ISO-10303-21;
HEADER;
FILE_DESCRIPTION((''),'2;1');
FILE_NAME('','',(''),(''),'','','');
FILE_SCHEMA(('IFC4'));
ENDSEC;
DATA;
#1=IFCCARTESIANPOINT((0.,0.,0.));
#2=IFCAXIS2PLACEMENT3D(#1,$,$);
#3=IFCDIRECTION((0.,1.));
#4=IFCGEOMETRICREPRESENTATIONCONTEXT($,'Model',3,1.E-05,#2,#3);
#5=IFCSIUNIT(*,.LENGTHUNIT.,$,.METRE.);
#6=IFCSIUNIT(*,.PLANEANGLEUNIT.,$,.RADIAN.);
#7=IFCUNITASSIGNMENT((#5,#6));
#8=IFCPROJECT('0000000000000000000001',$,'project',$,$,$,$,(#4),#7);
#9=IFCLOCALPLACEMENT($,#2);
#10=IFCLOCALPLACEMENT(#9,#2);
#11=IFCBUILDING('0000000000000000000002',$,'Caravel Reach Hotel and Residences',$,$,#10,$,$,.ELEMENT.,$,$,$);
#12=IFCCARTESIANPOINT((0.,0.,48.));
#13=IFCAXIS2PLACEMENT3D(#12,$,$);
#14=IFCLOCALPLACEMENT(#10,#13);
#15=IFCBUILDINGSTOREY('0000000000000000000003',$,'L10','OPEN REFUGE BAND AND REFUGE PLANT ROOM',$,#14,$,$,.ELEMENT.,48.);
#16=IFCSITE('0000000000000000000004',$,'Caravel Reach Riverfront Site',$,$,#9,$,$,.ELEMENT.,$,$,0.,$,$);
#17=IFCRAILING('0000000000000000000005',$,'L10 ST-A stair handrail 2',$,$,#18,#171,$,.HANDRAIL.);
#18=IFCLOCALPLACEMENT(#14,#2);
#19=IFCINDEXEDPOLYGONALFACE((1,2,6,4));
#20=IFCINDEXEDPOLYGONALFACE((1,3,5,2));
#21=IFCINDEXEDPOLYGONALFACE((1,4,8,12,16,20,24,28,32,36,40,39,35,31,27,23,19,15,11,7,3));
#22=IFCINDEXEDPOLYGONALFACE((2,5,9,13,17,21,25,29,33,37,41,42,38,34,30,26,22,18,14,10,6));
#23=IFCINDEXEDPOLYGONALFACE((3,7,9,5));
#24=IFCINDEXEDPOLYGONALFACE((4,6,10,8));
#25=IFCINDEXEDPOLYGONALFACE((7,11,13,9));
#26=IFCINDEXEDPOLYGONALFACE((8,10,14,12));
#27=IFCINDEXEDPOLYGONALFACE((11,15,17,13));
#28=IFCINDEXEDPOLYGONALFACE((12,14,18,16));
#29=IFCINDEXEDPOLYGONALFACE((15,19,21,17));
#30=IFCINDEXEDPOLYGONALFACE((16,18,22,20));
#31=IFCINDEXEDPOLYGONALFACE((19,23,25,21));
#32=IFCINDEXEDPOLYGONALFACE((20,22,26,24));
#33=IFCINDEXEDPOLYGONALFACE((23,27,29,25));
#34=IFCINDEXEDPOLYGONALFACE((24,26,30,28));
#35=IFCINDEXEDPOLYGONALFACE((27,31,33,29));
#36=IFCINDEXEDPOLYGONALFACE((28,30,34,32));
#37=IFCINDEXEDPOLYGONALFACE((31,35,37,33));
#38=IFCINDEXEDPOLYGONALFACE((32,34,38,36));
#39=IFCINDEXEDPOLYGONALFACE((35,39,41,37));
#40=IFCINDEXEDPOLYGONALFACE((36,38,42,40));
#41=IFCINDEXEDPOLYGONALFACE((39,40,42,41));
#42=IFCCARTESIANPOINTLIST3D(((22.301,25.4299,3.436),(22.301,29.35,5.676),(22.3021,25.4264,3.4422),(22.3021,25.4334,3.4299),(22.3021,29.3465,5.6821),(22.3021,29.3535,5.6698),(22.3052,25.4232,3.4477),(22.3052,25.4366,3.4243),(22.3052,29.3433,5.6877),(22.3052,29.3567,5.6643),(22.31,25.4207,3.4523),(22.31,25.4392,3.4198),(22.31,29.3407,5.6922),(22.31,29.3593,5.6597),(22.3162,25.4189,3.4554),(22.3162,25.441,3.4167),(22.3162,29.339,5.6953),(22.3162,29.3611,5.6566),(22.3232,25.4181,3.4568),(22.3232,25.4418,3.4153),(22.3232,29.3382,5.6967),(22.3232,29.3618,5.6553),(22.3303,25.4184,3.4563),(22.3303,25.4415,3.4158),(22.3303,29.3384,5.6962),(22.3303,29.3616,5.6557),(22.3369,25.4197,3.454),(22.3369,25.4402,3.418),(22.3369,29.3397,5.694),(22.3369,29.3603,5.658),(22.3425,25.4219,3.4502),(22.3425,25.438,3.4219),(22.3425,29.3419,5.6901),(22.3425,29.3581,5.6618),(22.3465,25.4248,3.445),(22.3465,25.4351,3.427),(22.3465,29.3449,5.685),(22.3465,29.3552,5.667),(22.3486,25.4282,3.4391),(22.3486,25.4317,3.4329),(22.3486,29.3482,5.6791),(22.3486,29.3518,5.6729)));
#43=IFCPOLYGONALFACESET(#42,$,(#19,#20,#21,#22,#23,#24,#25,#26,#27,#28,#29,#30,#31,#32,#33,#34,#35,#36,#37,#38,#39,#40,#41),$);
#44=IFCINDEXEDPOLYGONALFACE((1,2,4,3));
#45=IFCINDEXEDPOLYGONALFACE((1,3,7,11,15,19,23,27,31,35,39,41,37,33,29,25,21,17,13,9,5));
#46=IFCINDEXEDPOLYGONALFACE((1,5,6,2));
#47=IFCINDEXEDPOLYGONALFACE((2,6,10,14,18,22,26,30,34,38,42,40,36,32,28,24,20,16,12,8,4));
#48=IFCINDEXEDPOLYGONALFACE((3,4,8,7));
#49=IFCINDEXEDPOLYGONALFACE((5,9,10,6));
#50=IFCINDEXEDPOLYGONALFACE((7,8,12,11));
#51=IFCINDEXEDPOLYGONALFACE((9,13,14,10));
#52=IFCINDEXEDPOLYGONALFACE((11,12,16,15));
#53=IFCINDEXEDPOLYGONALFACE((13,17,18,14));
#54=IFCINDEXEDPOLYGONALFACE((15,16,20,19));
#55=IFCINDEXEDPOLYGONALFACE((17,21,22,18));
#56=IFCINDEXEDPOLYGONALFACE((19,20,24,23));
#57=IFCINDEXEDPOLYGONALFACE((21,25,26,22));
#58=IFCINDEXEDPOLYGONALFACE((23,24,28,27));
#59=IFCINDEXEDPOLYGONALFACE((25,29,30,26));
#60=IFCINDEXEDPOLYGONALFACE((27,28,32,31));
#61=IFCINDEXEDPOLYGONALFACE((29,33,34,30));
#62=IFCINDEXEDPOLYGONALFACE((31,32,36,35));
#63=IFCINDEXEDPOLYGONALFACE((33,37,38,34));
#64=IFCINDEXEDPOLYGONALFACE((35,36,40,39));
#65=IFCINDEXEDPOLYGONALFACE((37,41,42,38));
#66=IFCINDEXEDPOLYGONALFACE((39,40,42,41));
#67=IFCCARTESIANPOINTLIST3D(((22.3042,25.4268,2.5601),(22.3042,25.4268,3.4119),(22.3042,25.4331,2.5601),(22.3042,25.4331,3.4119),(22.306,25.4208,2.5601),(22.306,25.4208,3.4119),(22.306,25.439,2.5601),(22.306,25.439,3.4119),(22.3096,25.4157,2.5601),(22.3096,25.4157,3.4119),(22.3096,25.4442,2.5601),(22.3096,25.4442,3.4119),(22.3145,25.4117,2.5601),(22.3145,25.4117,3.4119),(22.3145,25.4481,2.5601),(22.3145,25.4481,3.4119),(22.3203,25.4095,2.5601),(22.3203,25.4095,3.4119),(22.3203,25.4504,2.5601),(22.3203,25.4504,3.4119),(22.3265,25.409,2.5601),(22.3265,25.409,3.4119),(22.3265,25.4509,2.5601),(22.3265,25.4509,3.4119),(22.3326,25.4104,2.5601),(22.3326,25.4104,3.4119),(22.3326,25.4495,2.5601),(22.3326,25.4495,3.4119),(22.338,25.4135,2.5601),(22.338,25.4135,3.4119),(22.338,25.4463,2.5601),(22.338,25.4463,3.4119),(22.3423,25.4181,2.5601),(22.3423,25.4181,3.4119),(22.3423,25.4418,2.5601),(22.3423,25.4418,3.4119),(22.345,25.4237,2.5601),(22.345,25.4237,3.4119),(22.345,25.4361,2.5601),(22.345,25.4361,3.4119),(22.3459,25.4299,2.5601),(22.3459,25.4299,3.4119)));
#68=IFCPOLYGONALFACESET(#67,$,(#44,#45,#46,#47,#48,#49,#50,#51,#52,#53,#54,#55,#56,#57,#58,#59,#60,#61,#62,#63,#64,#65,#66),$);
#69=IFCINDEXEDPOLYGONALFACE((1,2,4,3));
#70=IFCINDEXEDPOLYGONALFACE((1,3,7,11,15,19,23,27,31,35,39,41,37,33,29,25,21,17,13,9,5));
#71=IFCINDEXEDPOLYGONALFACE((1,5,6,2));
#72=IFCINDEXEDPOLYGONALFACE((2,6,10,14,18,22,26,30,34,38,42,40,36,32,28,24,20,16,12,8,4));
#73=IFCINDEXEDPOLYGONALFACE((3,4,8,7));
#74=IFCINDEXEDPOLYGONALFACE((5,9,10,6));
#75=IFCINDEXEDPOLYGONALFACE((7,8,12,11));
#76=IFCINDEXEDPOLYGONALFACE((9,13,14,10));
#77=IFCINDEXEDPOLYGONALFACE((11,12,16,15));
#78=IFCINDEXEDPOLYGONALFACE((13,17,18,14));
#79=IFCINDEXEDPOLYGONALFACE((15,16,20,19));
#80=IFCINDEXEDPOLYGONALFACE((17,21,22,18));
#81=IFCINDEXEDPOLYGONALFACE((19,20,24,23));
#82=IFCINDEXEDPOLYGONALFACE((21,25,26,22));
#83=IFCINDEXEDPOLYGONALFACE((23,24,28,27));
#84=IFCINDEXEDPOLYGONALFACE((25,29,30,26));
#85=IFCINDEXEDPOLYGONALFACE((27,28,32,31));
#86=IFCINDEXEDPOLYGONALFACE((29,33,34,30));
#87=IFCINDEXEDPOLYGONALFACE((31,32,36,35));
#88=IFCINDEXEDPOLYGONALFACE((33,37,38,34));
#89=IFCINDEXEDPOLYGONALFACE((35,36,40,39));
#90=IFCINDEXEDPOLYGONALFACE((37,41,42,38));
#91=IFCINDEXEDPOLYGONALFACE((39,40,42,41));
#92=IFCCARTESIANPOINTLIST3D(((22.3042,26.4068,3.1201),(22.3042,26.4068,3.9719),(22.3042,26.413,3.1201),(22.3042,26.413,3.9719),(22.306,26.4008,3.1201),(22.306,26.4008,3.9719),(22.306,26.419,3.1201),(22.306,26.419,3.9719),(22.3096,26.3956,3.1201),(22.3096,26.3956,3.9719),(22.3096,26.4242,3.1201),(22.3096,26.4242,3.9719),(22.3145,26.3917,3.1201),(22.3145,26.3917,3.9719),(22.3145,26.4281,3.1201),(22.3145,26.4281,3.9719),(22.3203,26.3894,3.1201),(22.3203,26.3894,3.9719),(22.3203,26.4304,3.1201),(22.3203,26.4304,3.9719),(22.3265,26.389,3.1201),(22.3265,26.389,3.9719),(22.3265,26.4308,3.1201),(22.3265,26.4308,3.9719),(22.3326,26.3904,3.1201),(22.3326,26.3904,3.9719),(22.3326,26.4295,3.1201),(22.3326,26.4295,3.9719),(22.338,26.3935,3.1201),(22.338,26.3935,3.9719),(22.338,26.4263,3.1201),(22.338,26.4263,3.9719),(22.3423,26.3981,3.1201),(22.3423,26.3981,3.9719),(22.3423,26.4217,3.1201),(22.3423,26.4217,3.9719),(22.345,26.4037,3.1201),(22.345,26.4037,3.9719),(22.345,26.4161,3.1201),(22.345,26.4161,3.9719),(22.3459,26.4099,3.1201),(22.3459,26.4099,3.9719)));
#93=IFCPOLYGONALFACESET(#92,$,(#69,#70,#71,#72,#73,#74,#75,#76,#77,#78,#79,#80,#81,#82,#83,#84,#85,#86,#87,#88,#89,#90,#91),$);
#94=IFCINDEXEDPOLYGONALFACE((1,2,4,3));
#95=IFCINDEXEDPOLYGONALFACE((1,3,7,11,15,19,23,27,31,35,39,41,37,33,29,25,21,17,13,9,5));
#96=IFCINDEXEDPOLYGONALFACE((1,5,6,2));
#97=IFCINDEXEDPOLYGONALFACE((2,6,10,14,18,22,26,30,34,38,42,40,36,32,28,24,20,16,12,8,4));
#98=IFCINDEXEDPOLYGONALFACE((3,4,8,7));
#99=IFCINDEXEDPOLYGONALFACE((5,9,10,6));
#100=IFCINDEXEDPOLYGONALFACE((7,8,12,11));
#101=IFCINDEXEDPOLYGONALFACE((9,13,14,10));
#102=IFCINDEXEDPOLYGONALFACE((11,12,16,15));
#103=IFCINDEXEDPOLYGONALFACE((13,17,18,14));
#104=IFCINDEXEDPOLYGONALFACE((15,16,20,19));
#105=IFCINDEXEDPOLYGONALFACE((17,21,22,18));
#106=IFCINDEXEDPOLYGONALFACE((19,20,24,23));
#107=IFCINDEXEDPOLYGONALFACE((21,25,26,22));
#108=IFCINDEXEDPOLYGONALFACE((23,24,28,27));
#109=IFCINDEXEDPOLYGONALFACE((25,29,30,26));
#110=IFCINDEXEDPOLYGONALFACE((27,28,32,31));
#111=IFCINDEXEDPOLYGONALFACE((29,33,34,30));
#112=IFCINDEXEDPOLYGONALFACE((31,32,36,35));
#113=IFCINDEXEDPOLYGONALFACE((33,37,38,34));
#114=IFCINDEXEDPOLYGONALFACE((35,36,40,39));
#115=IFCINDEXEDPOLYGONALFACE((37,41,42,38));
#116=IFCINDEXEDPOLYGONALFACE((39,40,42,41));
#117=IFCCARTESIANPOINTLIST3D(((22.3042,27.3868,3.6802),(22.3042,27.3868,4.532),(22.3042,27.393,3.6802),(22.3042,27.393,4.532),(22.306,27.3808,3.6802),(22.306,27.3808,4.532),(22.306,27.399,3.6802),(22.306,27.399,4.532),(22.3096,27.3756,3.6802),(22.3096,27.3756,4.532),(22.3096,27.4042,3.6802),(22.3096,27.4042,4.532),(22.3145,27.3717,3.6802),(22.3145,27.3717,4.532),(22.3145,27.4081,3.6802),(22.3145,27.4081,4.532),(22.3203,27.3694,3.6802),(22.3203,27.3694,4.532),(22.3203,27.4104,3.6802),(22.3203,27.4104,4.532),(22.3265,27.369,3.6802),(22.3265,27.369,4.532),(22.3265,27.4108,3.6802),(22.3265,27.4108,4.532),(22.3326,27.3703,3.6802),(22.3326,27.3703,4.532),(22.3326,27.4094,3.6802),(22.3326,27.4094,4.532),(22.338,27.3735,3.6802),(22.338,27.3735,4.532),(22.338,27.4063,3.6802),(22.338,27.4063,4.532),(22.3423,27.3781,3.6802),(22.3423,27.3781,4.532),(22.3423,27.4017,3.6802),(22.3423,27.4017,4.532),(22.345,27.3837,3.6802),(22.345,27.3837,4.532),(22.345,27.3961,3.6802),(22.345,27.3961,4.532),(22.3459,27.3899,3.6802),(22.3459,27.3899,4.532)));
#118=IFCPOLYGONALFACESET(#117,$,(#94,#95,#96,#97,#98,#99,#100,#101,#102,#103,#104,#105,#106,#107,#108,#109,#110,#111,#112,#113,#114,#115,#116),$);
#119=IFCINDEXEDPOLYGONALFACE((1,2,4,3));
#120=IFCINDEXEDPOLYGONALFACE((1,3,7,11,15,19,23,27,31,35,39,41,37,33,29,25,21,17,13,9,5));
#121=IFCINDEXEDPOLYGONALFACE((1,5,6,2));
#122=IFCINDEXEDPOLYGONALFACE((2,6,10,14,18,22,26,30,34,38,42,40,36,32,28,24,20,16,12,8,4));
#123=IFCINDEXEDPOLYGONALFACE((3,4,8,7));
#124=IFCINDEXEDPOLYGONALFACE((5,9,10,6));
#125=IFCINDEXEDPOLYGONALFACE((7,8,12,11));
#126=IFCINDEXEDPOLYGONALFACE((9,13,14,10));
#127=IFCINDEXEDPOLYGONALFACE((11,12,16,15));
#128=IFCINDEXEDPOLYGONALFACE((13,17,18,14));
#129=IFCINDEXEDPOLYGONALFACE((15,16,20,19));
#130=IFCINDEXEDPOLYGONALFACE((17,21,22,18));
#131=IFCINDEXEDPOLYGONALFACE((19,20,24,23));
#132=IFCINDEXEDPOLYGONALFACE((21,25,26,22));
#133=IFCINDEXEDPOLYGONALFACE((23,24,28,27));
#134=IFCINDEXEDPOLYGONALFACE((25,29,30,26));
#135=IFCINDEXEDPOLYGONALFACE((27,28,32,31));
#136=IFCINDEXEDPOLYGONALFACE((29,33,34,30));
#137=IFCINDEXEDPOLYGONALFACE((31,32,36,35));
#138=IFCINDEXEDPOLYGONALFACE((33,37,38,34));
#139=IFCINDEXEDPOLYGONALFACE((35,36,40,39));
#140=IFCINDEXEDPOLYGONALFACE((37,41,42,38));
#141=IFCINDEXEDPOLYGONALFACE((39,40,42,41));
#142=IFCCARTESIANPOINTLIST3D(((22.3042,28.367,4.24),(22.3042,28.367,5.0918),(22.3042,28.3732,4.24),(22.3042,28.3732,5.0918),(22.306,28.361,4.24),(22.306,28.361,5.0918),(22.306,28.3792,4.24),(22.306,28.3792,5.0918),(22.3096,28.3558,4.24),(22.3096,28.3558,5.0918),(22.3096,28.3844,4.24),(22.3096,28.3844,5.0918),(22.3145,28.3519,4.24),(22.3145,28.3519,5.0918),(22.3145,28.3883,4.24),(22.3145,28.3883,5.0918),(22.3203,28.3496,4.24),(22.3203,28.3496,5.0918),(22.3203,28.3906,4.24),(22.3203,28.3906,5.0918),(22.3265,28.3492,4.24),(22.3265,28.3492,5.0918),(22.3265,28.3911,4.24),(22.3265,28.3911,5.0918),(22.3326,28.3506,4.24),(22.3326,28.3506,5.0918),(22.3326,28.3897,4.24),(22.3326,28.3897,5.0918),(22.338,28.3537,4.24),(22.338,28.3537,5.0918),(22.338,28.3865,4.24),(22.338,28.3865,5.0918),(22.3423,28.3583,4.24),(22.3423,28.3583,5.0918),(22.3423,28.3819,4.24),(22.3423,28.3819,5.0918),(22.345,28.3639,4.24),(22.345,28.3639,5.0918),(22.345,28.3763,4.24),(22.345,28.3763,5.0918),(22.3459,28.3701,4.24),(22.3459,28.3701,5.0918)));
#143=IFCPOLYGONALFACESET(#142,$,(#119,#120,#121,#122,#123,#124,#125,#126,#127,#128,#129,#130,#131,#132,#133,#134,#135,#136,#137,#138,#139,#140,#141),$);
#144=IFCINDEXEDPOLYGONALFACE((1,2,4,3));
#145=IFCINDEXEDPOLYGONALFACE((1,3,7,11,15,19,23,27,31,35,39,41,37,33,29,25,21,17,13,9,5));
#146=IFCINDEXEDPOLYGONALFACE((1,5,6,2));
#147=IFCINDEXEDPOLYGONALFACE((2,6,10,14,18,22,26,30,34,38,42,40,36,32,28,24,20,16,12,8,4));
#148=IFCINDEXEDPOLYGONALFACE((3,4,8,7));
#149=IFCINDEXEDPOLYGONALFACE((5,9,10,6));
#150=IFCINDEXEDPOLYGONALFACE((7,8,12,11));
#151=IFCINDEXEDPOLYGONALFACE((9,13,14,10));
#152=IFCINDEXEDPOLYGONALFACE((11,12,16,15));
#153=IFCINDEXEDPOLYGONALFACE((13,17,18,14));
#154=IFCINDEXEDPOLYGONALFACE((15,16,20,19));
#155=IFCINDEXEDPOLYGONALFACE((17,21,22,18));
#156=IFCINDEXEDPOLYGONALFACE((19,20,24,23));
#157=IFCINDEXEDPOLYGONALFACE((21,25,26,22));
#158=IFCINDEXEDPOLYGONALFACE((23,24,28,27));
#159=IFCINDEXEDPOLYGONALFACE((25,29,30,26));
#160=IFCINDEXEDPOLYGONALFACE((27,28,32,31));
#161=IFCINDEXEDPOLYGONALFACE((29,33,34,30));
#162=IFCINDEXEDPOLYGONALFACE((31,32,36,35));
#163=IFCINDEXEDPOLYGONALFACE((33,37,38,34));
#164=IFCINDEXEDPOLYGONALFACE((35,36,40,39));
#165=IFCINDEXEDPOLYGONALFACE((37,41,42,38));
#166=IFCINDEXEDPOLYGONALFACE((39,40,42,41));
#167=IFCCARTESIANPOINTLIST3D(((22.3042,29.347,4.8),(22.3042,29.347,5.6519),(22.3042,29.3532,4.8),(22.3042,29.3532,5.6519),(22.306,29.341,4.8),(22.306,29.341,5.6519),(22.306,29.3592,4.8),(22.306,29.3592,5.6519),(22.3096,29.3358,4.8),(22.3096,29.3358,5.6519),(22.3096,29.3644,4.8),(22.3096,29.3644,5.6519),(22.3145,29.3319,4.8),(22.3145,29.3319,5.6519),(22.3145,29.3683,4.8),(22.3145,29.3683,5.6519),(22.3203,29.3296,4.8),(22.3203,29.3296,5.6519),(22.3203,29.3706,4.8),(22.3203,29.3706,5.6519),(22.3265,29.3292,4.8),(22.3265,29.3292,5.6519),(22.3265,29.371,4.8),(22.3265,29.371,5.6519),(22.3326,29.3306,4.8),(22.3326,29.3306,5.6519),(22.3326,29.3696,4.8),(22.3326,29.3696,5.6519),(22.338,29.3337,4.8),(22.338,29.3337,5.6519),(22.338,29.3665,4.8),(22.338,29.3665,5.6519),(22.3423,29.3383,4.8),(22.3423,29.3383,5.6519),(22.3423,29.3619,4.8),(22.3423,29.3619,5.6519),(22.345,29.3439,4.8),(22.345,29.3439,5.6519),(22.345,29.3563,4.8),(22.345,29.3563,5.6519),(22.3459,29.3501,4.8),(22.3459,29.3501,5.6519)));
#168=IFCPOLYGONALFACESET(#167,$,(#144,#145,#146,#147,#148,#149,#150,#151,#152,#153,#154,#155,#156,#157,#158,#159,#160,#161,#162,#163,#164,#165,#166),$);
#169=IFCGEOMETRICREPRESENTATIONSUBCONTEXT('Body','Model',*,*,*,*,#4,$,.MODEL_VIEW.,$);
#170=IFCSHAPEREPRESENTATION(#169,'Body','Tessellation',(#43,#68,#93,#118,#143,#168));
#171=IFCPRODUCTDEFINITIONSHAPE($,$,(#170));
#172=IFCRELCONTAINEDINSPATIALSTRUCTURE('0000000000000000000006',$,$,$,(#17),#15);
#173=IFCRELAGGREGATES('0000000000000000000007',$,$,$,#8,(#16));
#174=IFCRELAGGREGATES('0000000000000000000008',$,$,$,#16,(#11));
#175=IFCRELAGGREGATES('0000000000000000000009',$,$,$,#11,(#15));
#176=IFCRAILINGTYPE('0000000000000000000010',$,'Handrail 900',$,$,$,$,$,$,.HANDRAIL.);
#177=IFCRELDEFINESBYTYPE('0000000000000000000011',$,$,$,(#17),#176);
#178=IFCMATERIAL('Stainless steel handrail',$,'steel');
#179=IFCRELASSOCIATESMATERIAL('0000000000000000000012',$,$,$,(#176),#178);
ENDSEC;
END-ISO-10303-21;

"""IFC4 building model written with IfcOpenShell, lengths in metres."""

from ifc_helpers import new_model, si_unit, direction, frame, origin, origin_2d, place, context, subcontext, project, spatial, circle, extrude, material, type_object, element, save


model = new_model("IFC4")

# Units and contexts
model_context = context("Model", 3, precision=1e-05, world=origin(), true_north=direction((0.0, 1.0)))
body_context = subcontext(model_context, "Body", "Model", "MODEL_VIEW")
ifc_project = project(units=[si_unit("LENGTHUNIT", "METRE"), si_unit("PLANEANGLEUNIT", "RADIAN")], contexts=[model_context])

# Site, building, storey
site_placement = place(None, origin())
site = spatial("IfcSite", under=ifc_project, at=site_placement, Name="Caravel Reach Riverfront Site", CompositionType="ELEMENT", RefElevation=0.0)
building_placement = place(site_placement, origin())
building = spatial("IfcBuilding", under=site, at=building_placement, Name="Caravel Reach Hotel and Residences", CompositionType="ELEMENT")
storey_placement = place(building_placement, frame((0.0, 0.0, 48.0)))
storey = spatial("IfcBuildingStorey", under=building, at=storey_placement, Name="L10", Description="OPEN REFUGE BAND AND REFUGE PLANT ROOM", CompositionType="ELEMENT", Elevation=48.0)

# Railing
ifc_material_1 = material(Name="Stainless steel handrail", Category="steel")
railing_type_1 = type_object("IfcRailingType", Name="Handrail 900", PredefinedType="HANDRAIL", material=ifc_material_1)
railing_1_placement = place(storey_placement, frame((22.325, 25.4299, 2.5601)))
element("IfcRailing", 1, at=railing_1_placement, inside=storey, type_object=railing_type_1, Name="L10 ST-A stair handrail 2", PredefinedType="HANDRAIL", context=body_context, shape_type="SweptSolid", body=[
    extrude(circle(Radius=0.0239, at=origin_2d()), frame((0.0, 0.0, 0.876), z_axis=(0.0, 0.868253, 0.496121), x_axis=(-1.0, 0.0, 0.0)), (0.0, 0.0, 1.0), 4.5149),
    extrude(circle(Radius=0.021, at=origin_2d()), origin(), (0.0, 0.0, 1.0), 0.8518),
    extrude(circle(Radius=0.021, at=origin_2d()), frame((0.0, 0.98, 0.5601)), (0.0, 0.0, 1.0), 0.8518),
    extrude(circle(Radius=0.021, at=origin_2d()), frame((0.0, 1.96, 1.1201)), (0.0, 0.0, 1.0), 0.8518),
    extrude(circle(Radius=0.021, at=origin_2d()), frame((0.0, 2.9402, 1.6799)), (0.0, 0.0, 1.0), 0.8518),
    extrude(circle(Radius=0.021, at=origin_2d()), frame((0.0, 3.9202, 2.24)), (0.0, 0.0, 1.0), 0.8518),
])

save(model, "model.ifc")
